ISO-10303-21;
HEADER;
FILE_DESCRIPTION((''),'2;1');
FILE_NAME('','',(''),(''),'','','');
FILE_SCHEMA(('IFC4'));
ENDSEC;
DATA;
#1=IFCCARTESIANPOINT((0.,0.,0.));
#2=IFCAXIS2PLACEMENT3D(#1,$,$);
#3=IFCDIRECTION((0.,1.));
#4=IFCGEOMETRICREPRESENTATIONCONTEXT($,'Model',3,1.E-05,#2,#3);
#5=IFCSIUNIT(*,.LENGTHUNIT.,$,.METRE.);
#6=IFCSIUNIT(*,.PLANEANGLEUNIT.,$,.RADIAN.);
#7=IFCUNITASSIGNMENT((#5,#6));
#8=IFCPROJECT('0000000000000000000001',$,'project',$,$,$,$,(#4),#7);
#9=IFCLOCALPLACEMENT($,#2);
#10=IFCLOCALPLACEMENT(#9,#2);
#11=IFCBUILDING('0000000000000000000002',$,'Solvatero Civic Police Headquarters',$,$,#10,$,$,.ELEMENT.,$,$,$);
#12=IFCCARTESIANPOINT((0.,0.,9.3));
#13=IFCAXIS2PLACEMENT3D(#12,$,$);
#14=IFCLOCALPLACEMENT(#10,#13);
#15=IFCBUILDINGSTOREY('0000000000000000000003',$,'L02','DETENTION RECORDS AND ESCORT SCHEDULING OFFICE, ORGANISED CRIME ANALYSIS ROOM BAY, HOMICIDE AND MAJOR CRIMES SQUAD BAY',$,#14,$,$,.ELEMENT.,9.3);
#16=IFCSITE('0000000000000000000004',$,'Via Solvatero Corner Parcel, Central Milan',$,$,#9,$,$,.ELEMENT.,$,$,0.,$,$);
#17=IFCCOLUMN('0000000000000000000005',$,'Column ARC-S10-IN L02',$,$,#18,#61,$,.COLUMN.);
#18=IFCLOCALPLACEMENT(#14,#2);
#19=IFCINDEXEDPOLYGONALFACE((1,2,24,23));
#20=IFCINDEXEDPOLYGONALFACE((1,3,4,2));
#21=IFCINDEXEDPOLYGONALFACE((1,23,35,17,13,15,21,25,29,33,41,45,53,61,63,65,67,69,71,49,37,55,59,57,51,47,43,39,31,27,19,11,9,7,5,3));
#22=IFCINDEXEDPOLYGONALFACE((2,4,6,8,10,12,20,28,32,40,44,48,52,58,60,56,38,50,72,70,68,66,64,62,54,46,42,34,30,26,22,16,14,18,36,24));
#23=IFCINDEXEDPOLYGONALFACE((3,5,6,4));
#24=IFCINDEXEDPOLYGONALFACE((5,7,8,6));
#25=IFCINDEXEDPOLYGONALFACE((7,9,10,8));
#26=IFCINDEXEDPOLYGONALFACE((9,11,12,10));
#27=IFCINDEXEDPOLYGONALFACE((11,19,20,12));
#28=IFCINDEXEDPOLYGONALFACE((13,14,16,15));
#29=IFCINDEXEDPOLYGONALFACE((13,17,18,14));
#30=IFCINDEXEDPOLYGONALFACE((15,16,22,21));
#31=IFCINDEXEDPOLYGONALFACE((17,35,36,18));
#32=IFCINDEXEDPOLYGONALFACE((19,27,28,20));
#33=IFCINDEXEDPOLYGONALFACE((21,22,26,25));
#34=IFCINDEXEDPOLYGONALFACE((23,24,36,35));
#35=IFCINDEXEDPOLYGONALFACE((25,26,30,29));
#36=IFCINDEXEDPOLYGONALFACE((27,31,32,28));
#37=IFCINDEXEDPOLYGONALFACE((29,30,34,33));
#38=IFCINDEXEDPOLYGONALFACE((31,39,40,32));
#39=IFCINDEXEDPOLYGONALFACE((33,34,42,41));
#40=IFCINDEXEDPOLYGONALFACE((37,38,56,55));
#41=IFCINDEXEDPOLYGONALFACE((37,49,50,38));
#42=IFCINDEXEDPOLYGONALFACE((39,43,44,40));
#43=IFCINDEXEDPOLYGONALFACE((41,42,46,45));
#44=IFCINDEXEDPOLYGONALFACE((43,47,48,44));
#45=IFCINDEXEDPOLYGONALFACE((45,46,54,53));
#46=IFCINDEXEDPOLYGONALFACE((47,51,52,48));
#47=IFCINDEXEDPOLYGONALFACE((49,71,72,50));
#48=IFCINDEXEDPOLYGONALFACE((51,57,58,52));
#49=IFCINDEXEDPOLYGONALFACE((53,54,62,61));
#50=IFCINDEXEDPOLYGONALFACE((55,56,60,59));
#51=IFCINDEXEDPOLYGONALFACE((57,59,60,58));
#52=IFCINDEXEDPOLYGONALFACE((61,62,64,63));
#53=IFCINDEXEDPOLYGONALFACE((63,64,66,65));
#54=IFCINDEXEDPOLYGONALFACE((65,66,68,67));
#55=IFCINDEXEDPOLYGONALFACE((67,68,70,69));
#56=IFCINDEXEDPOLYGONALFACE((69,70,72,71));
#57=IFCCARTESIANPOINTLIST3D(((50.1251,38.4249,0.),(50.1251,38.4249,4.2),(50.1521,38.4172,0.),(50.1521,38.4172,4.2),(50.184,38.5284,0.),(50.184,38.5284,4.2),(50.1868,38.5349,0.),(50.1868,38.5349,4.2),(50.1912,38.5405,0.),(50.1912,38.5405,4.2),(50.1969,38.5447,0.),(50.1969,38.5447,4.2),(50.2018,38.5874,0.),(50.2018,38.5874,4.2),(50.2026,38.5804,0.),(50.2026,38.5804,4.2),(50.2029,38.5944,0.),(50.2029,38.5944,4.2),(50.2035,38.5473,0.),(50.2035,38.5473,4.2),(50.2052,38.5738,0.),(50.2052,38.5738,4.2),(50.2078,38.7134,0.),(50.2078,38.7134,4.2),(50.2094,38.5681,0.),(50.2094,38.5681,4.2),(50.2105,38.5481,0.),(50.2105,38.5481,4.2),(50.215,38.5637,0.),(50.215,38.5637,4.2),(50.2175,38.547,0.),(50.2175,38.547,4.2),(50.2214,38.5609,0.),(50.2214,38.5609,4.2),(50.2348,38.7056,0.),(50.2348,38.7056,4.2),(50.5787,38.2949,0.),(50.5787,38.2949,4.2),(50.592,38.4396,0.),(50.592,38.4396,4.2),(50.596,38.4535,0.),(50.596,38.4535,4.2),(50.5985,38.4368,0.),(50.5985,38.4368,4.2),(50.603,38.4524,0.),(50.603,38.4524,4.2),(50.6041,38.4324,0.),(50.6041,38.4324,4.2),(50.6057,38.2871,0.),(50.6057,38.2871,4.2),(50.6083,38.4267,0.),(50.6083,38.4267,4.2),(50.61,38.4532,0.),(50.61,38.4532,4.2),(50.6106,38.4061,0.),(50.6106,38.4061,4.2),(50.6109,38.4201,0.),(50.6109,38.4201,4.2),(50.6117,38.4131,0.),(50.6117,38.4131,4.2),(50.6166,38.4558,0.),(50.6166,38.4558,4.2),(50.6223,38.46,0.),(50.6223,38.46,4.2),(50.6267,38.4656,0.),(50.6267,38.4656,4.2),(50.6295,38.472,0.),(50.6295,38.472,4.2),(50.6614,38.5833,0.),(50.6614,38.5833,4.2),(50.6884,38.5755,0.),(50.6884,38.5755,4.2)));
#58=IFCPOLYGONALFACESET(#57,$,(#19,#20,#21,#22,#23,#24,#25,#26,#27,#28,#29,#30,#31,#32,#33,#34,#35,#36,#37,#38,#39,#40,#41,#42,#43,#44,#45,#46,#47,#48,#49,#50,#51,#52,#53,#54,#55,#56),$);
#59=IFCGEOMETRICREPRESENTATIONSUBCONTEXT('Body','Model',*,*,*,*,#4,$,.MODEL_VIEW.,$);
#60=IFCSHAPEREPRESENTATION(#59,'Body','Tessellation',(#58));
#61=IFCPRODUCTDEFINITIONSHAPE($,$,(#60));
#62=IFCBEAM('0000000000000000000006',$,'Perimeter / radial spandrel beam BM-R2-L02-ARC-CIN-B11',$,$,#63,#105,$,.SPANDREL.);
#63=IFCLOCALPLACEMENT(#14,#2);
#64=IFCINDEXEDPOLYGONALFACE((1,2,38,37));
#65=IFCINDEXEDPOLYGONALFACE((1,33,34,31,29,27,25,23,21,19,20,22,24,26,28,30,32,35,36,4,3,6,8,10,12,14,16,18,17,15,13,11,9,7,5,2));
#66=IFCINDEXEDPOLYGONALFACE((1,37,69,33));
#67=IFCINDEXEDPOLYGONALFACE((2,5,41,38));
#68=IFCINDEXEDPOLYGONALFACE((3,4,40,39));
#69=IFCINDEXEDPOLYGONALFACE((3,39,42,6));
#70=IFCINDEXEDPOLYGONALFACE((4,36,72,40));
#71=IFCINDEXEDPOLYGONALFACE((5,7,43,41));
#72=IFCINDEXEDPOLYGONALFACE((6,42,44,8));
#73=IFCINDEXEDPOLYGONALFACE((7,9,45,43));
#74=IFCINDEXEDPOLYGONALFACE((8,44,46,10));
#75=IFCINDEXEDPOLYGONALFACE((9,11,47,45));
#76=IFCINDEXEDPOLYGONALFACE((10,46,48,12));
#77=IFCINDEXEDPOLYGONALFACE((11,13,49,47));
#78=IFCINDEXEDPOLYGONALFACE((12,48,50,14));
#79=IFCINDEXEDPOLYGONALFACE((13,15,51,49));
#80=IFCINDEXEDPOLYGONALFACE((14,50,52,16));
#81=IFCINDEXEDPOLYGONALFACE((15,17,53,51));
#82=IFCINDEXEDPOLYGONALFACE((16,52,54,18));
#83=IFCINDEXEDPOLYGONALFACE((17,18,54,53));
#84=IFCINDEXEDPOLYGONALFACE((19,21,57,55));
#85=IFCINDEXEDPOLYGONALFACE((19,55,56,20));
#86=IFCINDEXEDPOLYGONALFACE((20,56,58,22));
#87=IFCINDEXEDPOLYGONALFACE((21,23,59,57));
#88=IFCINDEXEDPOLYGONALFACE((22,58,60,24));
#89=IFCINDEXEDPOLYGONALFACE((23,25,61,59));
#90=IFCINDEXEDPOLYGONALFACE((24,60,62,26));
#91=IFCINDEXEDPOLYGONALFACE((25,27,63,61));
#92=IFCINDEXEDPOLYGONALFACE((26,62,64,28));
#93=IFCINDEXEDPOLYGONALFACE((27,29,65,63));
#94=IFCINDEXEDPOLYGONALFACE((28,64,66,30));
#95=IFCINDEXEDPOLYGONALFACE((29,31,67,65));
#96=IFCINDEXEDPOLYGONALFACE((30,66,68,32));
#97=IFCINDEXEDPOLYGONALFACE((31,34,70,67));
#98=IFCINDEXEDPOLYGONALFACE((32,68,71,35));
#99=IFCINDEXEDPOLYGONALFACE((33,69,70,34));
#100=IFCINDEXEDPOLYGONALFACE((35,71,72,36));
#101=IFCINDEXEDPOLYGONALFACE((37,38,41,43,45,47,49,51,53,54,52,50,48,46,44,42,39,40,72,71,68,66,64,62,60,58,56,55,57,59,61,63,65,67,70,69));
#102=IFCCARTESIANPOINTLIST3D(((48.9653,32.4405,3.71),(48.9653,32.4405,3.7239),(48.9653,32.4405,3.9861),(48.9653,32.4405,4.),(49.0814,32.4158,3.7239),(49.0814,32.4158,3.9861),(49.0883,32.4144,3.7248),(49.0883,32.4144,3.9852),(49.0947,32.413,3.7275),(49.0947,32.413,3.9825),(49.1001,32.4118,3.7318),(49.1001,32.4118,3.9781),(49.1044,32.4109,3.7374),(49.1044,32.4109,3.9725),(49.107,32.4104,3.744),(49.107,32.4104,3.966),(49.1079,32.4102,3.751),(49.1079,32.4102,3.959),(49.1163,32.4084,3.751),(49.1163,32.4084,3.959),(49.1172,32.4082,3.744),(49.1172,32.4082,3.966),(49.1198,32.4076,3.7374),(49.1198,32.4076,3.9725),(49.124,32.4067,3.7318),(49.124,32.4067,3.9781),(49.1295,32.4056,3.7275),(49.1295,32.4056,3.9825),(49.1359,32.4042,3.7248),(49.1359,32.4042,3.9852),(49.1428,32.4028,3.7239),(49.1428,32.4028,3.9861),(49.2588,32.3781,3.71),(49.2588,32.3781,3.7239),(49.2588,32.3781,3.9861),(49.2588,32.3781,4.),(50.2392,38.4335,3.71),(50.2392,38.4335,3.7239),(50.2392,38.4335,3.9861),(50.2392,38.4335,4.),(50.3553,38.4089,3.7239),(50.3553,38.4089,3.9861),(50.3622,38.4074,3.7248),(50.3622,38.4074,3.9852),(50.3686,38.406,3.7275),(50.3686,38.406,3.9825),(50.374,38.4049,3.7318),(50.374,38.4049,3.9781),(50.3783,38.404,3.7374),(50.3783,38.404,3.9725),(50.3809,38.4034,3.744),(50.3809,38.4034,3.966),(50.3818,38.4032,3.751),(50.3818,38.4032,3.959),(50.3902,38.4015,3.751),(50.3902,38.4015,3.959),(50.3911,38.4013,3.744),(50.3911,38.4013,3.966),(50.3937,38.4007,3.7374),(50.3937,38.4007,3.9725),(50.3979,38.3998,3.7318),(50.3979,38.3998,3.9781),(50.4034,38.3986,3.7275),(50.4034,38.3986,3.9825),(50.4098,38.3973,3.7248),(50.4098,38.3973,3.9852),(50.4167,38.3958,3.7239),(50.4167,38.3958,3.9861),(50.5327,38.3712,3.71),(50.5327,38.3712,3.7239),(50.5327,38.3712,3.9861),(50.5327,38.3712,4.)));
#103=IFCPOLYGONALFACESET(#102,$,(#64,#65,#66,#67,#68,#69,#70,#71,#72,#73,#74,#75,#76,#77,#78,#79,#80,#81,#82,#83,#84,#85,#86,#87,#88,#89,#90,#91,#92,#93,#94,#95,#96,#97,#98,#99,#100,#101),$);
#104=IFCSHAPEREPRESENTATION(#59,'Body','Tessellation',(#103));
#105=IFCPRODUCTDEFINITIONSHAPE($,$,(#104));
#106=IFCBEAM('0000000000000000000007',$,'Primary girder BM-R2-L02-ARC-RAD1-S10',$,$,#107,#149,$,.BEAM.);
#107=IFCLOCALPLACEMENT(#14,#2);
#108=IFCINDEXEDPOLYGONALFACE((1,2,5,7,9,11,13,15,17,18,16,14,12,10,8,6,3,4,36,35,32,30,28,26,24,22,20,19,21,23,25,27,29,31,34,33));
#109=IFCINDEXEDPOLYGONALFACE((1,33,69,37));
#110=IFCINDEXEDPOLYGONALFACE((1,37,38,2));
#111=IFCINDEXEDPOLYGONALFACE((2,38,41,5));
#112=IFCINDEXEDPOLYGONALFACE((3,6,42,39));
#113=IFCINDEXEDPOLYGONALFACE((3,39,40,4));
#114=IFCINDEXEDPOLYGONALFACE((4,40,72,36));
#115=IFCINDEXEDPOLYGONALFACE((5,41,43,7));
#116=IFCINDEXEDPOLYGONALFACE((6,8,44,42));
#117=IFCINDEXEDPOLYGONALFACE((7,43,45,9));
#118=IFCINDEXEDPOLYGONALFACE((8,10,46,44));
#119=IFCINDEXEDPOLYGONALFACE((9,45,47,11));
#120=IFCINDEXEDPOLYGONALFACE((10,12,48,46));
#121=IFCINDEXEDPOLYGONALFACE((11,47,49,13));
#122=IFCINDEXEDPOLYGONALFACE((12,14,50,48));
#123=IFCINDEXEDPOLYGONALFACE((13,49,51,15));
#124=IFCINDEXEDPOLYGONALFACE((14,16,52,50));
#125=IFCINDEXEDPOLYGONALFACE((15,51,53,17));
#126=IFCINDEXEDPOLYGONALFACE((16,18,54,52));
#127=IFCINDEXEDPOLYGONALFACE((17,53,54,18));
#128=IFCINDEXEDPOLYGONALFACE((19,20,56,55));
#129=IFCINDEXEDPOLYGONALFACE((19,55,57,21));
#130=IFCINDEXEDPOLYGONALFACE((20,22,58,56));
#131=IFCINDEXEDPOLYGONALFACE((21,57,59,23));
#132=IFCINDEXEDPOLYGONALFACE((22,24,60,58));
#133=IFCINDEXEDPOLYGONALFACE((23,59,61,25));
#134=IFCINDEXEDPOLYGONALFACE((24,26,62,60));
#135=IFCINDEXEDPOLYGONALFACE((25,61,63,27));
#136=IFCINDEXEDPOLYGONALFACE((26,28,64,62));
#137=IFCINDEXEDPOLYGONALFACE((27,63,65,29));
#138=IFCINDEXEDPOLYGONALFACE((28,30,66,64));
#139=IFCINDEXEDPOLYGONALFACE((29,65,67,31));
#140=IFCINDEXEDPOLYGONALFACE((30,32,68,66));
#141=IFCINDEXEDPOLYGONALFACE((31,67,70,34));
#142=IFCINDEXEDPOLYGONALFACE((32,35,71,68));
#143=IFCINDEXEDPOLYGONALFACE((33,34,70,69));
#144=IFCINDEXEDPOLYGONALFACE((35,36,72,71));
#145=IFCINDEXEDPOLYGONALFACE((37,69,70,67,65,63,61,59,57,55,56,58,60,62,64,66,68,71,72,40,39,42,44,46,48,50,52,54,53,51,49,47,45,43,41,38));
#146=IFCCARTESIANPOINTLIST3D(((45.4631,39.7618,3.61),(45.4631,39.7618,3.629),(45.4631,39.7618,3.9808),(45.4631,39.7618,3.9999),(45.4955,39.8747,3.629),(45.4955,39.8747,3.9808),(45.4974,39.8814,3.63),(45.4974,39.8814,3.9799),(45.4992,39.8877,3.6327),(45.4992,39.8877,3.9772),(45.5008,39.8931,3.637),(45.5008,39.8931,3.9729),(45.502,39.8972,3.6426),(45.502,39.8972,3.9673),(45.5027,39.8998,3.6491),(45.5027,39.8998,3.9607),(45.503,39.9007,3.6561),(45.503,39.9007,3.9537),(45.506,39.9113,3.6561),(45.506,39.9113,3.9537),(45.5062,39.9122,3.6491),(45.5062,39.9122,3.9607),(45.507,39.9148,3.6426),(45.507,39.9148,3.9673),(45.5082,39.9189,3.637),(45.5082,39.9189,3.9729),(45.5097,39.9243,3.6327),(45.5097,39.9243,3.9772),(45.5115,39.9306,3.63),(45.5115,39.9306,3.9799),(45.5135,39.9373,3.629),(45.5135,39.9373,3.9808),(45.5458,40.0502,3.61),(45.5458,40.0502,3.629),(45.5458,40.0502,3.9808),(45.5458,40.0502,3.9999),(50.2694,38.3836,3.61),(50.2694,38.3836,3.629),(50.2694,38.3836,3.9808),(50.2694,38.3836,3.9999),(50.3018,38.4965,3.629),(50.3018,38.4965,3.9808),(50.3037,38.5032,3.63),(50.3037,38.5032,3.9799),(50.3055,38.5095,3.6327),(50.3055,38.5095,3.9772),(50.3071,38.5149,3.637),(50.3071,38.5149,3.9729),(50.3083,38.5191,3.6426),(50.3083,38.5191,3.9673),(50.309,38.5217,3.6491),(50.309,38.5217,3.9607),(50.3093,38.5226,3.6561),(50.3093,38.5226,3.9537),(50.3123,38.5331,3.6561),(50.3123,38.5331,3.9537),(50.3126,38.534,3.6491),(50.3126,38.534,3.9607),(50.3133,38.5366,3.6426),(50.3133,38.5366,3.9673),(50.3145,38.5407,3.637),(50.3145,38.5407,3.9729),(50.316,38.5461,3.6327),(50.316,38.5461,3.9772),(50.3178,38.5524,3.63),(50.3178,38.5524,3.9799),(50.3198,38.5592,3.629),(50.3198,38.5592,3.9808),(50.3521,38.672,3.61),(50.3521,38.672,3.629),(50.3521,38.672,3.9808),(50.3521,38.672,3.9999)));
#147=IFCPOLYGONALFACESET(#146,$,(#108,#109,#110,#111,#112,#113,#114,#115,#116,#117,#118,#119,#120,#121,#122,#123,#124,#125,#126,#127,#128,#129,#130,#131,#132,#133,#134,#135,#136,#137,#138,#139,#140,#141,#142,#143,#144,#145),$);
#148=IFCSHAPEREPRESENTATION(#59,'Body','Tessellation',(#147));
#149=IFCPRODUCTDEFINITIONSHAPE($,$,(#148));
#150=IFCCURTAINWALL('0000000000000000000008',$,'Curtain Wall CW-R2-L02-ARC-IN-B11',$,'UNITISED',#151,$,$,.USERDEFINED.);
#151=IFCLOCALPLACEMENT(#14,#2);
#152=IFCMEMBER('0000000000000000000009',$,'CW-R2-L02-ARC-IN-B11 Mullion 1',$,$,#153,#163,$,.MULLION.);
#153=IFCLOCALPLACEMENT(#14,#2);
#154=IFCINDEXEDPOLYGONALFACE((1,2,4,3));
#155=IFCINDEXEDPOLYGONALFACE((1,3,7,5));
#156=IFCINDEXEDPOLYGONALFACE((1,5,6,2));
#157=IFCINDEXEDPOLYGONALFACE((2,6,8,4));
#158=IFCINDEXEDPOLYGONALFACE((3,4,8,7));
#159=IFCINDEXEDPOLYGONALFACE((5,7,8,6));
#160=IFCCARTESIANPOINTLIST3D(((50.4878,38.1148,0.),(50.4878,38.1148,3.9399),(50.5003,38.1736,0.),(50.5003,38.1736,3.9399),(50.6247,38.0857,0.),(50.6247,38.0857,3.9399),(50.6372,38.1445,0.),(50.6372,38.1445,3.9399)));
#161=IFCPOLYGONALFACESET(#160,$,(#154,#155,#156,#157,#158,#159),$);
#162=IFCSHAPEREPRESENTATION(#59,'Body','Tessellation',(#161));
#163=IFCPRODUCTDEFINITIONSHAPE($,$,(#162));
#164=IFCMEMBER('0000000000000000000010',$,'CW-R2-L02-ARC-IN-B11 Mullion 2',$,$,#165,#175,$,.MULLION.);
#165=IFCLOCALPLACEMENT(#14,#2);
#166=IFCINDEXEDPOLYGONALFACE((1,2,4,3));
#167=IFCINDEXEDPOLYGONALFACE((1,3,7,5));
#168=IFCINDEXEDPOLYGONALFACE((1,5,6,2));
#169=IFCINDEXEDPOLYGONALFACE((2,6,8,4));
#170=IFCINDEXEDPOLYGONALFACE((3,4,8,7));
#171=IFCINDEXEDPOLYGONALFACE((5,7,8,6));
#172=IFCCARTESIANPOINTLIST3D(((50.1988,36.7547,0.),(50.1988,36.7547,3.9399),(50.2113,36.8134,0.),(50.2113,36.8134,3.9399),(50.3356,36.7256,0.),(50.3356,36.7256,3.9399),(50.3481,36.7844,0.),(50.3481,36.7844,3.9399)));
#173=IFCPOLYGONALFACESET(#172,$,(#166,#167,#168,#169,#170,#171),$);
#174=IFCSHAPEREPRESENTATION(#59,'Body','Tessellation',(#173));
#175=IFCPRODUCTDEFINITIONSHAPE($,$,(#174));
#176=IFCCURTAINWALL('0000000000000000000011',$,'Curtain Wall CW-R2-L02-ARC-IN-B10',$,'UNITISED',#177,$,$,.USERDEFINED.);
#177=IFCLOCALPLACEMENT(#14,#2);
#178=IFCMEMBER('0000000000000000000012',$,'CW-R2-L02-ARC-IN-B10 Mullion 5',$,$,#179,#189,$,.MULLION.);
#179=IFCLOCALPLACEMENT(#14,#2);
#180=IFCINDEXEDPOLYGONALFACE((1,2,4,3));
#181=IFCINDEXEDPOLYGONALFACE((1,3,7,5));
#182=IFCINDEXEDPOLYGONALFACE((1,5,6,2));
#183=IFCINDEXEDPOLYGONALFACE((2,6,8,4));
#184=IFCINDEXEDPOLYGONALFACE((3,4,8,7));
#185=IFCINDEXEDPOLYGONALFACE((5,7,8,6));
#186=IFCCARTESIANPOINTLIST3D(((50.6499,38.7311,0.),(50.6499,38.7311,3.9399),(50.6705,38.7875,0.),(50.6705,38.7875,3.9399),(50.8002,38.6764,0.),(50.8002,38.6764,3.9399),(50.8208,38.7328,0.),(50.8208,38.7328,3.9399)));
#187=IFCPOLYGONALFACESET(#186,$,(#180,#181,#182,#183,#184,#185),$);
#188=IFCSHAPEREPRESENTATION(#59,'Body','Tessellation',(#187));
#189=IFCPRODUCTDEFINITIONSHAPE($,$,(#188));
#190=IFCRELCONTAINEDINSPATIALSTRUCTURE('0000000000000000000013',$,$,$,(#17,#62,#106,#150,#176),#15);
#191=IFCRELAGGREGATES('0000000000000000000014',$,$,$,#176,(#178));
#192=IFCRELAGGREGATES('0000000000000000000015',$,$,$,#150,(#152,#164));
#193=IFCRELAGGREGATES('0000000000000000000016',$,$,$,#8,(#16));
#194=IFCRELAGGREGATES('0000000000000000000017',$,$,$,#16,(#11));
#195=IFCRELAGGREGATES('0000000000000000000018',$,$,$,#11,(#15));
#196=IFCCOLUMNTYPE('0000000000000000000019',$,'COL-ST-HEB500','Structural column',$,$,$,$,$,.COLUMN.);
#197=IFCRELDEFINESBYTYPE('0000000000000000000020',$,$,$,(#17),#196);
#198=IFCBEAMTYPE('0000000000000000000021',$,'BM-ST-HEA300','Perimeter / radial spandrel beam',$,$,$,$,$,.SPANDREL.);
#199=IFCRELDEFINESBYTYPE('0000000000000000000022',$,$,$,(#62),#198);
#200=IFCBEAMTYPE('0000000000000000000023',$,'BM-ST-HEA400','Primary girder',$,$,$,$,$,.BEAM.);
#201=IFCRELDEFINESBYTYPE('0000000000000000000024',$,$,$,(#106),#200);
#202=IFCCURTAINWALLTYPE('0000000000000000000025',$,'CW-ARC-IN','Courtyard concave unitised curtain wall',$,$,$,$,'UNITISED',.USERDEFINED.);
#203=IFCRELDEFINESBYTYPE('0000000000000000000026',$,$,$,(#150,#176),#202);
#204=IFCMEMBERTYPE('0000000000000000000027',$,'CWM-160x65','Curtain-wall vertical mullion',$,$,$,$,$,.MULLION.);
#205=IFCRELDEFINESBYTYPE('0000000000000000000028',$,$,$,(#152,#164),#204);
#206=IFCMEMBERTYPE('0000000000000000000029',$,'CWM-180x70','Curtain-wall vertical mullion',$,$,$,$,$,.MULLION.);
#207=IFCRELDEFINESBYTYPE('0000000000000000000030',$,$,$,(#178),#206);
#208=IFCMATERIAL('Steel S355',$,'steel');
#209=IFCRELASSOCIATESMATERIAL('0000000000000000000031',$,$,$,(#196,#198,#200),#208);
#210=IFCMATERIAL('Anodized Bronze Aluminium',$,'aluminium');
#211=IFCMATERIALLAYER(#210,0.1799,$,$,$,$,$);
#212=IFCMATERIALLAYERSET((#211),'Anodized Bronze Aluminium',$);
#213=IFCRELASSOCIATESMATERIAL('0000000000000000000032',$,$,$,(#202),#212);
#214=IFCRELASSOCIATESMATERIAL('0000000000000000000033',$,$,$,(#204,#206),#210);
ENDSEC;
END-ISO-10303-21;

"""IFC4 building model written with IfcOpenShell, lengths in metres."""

from ifc_helpers import new_model, si_unit, direction, frame, origin, origin_2d, place, context, subcontext, project, spatial, rectangle, i_section, extrude, material, layer, layer_set, material_profile, profile_set, type_object, element, aggregate, save


model = new_model("IFC4")

# Units and contexts
model_context = context("Model", 3, precision=1e-05, world=origin(), true_north=direction((0.0, 1.0)))
body_context = subcontext(model_context, "Body", "Model", "MODEL_VIEW")
ifc_project = project(units=[si_unit("LENGTHUNIT", "METRE"), si_unit("PLANEANGLEUNIT", "RADIAN")], contexts=[model_context])

# Site, building, storey
site_placement = place(None, origin())
site = spatial("IfcSite", under=ifc_project, at=site_placement, Name="Via Solvatero Corner Parcel, Central Milan", CompositionType="ELEMENT", RefElevation=0.0)
building_placement = place(site_placement, origin())
building = spatial("IfcBuilding", under=site, at=building_placement, Name="Solvatero Civic Police Headquarters", CompositionType="ELEMENT")
storey_placement = place(building_placement, frame((0.0, 0.0, 9.3)))
storey = spatial("IfcBuildingStorey", under=building, at=storey_placement, Name="L02", Description="DETENTION RECORDS AND ESCORT SCHEDULING OFFICE, ORGANISED CRIME ANALYSIS ROOM BAY, HOMICIDE AND MAJOR CRIMES SQUAD BAY", CompositionType="ELEMENT", Elevation=9.3)

# Column
ifc_material_1 = material(Name="Steel S355", Category="steel")
ifc_material_profile_1 = material_profile(ifc_material_1, i_section(OverallWidth=0.3, OverallDepth=0.5, WebThickness=0.0144, FlangeThickness=0.0281, FilletRadius=0.0271, at=origin_2d()), Name="HEB 500")
ifc_profile_set_1 = profile_set([ifc_material_profile_1], Name="Steel S355")
column_type = type_object("IfcColumnType", Name="COL-ST-HEB500", Description="Structural column", PredefinedType="COLUMN", material=ifc_profile_set_1)
column_placement = place(storey_placement, frame((50.4067, 38.5002, 0.0), z_axis=(0.0, 0.0, 1.0), x_axis=(0.275637, 0.961262, 0.0)))
element("IfcColumn", 1, at=column_placement, inside=storey, type_object=column_type, Name="Column ARC-S10-IN L02", PredefinedType="COLUMN", context=body_context, shape_type="SweptSolid", body=[
    extrude(i_section(OverallWidth=0.3, OverallDepth=0.5, WebThickness=0.0144, FlangeThickness=0.0281, FilletRadius=0.0271, at=origin_2d()), origin(), (0.0, 0.0, 1.0), 4.2),
])

# Beams
ifc_material_profile_2 = material_profile(ifc_material_1, i_section(OverallWidth=0.3, OverallDepth=0.29, WebThickness=0.0085, FlangeThickness=0.0139, FilletRadius=0.0271, at=origin_2d()), Name="HEA 300")
ifc_profile_set_2 = profile_set([ifc_material_profile_2], Name="Steel S355")
beam_type_1 = type_object("IfcBeamType", Name="BM-ST-HEA300", Description="Perimeter / radial spandrel beam", PredefinedType="SPANDREL", material=ifc_profile_set_2)
beam_1_placement = place(storey_placement, frame((50.386, 38.4023, 3.855), z_axis=(-0.207918, -0.978146, 0.0), x_axis=(0.978146, -0.207918, 0.0)))
element("IfcBeam", 2, at=beam_1_placement, inside=storey, type_object=beam_type_1, Name="Perimeter / radial spandrel beam BM-R2-L02-ARC-CIN-B11", PredefinedType="SPANDREL", context=body_context, shape_type="SweptSolid", body=[
    extrude(i_section(OverallWidth=0.3, OverallDepth=0.29, WebThickness=0.0085, FlangeThickness=0.0139, FilletRadius=0.0271, at=origin_2d()), origin(), (0.0, 0.0, 1.0), 6.127),
])
ifc_material_profile_3 = material_profile(ifc_material_1, i_section(OverallWidth=0.3, OverallDepth=0.3899, WebThickness=0.011, FlangeThickness=0.019, FilletRadius=0.0271, at=origin_2d()), Name="HEA 400")
ifc_profile_set_3 = profile_set([ifc_material_profile_3], Name="Steel S355")
beam_type_2 = type_object("IfcBeamType", Name="BM-ST-HEA400", Description="Primary girder", PredefinedType="BEAM", material=ifc_profile_set_3)
beam_2_placement = place(storey_placement, frame((50.3108, 38.5278, 3.8049), z_axis=(-0.961264, 0.27563, 0.0), x_axis=(-0.27563, -0.961264, 0.0)))
element("IfcBeam", 3, at=beam_2_placement, inside=storey, type_object=beam_type_2, Name="Primary girder BM-R2-L02-ARC-RAD1-S10", PredefinedType="BEAM", context=body_context, shape_type="SweptSolid", body=[
    extrude(i_section(OverallWidth=0.3, OverallDepth=0.3899, WebThickness=0.011, FlangeThickness=0.019, FilletRadius=0.0271, at=origin_2d()), origin(), (0.0, 0.0, 1.0), 5.0),
])

# Curtain wall, members
ifc_material_2 = material(Name="Anodized Bronze Aluminium", Category="aluminium")
ifc_layer_1 = layer(ifc_material_2, 0.1799)
ifc_layer_set_1 = layer_set([ifc_layer_1], Name="Anodized Bronze Aluminium")
curtain_wall_type = type_object("IfcCurtainWallType", Name="CW-ARC-IN", Description="Courtyard concave unitised curtain wall", ElementType="UNITISED", PredefinedType="USERDEFINED", material=ifc_layer_set_1)
curtain_wall_1_placement = place(storey_placement, origin())
curtain_wall_1 = element("IfcCurtainWall", 4, at=curtain_wall_1_placement, inside=storey, type_object=curtain_wall_type, Name="Curtain Wall CW-R2-L02-ARC-IN-B11", ObjectType="UNITISED", PredefinedType="USERDEFINED")
ifc_material_profile_4 = material_profile(ifc_material_2, rectangle(XDim=0.0601, YDim=0.1399, at=origin_2d()), Name="ALU MULLION 60x140")
ifc_profile_set_4 = profile_set([ifc_material_profile_4], Name="Anodized Bronze Aluminium")
member_type_1 = type_object("IfcMemberType", Name="CWM-160x65", Description="Curtain-wall vertical mullion", PredefinedType="MULLION", material=ifc_profile_set_4)
member_1_placement = place(storey_placement, frame((50.5625, 38.1296, 0.0), z_axis=(0.0, 0.0, 1.0), x_axis=(-0.207912, -0.978148, 0.0)))
member_1 = element("IfcMember", 5, at=member_1_placement, type_object=member_type_1, Name="CW-R2-L02-ARC-IN-B11 Mullion 1", PredefinedType="MULLION", context=body_context, shape_type="SweptSolid", body=[
    extrude(rectangle(XDim=0.0601, YDim=0.1399, at=origin_2d()), origin(), (0.0, 0.0, 1.0), 3.9399),
])
member_2_placement = place(storey_placement, frame((50.2734, 36.7695, 0.0), z_axis=(0.0, 0.0, 1.0), x_axis=(-0.207912, -0.978148, 0.0)))
member_2 = element("IfcMember", 6, at=member_2_placement, type_object=member_type_1, Name="CW-R2-L02-ARC-IN-B11 Mullion 2", PredefinedType="MULLION", context=body_context, shape_type="SweptSolid", body=[
    extrude(rectangle(XDim=0.0601, YDim=0.1399, at=origin_2d()), origin(), (0.0, 0.0, 1.0), 3.9399),
])

# Curtain wall, member
curtain_wall_2_placement = place(storey_placement, origin())
curtain_wall_2 = element("IfcCurtainWall", 7, at=curtain_wall_2_placement, inside=storey, type_object=curtain_wall_type, Name="Curtain Wall CW-R2-L02-ARC-IN-B10", ObjectType="UNITISED", PredefinedType="USERDEFINED")
ifc_material_profile_5 = material_profile(ifc_material_2, rectangle(XDim=0.0601, YDim=0.1599, at=origin_2d()), Name="ALU MULLION 60x160")
ifc_profile_set_5 = profile_set([ifc_material_profile_5], Name="Anodized Bronze Aluminium")
member_type_2 = type_object("IfcMemberType", Name="CWM-180x70", Description="Curtain-wall vertical mullion", PredefinedType="MULLION", material=ifc_profile_set_5)
member_3_placement = place(storey_placement, frame((50.7354, 38.7319, 0.0), z_axis=(0.0, 0.0, 1.0), x_axis=(-0.342004, -0.939699, 0.0)))
member_3 = element("IfcMember", 8, at=member_3_placement, type_object=member_type_2, Name="CW-R2-L02-ARC-IN-B10 Mullion 5", PredefinedType="MULLION", context=body_context, shape_type="SweptSolid", body=[
    extrude(rectangle(XDim=0.0601, YDim=0.1599, at=origin_2d()), origin(), (0.0, 0.0, 1.0), 3.9399),
])

aggregate(curtain_wall_2, [member_3])
aggregate(curtain_wall_1, [member_1, member_2])

save(model, "model.ifc")
